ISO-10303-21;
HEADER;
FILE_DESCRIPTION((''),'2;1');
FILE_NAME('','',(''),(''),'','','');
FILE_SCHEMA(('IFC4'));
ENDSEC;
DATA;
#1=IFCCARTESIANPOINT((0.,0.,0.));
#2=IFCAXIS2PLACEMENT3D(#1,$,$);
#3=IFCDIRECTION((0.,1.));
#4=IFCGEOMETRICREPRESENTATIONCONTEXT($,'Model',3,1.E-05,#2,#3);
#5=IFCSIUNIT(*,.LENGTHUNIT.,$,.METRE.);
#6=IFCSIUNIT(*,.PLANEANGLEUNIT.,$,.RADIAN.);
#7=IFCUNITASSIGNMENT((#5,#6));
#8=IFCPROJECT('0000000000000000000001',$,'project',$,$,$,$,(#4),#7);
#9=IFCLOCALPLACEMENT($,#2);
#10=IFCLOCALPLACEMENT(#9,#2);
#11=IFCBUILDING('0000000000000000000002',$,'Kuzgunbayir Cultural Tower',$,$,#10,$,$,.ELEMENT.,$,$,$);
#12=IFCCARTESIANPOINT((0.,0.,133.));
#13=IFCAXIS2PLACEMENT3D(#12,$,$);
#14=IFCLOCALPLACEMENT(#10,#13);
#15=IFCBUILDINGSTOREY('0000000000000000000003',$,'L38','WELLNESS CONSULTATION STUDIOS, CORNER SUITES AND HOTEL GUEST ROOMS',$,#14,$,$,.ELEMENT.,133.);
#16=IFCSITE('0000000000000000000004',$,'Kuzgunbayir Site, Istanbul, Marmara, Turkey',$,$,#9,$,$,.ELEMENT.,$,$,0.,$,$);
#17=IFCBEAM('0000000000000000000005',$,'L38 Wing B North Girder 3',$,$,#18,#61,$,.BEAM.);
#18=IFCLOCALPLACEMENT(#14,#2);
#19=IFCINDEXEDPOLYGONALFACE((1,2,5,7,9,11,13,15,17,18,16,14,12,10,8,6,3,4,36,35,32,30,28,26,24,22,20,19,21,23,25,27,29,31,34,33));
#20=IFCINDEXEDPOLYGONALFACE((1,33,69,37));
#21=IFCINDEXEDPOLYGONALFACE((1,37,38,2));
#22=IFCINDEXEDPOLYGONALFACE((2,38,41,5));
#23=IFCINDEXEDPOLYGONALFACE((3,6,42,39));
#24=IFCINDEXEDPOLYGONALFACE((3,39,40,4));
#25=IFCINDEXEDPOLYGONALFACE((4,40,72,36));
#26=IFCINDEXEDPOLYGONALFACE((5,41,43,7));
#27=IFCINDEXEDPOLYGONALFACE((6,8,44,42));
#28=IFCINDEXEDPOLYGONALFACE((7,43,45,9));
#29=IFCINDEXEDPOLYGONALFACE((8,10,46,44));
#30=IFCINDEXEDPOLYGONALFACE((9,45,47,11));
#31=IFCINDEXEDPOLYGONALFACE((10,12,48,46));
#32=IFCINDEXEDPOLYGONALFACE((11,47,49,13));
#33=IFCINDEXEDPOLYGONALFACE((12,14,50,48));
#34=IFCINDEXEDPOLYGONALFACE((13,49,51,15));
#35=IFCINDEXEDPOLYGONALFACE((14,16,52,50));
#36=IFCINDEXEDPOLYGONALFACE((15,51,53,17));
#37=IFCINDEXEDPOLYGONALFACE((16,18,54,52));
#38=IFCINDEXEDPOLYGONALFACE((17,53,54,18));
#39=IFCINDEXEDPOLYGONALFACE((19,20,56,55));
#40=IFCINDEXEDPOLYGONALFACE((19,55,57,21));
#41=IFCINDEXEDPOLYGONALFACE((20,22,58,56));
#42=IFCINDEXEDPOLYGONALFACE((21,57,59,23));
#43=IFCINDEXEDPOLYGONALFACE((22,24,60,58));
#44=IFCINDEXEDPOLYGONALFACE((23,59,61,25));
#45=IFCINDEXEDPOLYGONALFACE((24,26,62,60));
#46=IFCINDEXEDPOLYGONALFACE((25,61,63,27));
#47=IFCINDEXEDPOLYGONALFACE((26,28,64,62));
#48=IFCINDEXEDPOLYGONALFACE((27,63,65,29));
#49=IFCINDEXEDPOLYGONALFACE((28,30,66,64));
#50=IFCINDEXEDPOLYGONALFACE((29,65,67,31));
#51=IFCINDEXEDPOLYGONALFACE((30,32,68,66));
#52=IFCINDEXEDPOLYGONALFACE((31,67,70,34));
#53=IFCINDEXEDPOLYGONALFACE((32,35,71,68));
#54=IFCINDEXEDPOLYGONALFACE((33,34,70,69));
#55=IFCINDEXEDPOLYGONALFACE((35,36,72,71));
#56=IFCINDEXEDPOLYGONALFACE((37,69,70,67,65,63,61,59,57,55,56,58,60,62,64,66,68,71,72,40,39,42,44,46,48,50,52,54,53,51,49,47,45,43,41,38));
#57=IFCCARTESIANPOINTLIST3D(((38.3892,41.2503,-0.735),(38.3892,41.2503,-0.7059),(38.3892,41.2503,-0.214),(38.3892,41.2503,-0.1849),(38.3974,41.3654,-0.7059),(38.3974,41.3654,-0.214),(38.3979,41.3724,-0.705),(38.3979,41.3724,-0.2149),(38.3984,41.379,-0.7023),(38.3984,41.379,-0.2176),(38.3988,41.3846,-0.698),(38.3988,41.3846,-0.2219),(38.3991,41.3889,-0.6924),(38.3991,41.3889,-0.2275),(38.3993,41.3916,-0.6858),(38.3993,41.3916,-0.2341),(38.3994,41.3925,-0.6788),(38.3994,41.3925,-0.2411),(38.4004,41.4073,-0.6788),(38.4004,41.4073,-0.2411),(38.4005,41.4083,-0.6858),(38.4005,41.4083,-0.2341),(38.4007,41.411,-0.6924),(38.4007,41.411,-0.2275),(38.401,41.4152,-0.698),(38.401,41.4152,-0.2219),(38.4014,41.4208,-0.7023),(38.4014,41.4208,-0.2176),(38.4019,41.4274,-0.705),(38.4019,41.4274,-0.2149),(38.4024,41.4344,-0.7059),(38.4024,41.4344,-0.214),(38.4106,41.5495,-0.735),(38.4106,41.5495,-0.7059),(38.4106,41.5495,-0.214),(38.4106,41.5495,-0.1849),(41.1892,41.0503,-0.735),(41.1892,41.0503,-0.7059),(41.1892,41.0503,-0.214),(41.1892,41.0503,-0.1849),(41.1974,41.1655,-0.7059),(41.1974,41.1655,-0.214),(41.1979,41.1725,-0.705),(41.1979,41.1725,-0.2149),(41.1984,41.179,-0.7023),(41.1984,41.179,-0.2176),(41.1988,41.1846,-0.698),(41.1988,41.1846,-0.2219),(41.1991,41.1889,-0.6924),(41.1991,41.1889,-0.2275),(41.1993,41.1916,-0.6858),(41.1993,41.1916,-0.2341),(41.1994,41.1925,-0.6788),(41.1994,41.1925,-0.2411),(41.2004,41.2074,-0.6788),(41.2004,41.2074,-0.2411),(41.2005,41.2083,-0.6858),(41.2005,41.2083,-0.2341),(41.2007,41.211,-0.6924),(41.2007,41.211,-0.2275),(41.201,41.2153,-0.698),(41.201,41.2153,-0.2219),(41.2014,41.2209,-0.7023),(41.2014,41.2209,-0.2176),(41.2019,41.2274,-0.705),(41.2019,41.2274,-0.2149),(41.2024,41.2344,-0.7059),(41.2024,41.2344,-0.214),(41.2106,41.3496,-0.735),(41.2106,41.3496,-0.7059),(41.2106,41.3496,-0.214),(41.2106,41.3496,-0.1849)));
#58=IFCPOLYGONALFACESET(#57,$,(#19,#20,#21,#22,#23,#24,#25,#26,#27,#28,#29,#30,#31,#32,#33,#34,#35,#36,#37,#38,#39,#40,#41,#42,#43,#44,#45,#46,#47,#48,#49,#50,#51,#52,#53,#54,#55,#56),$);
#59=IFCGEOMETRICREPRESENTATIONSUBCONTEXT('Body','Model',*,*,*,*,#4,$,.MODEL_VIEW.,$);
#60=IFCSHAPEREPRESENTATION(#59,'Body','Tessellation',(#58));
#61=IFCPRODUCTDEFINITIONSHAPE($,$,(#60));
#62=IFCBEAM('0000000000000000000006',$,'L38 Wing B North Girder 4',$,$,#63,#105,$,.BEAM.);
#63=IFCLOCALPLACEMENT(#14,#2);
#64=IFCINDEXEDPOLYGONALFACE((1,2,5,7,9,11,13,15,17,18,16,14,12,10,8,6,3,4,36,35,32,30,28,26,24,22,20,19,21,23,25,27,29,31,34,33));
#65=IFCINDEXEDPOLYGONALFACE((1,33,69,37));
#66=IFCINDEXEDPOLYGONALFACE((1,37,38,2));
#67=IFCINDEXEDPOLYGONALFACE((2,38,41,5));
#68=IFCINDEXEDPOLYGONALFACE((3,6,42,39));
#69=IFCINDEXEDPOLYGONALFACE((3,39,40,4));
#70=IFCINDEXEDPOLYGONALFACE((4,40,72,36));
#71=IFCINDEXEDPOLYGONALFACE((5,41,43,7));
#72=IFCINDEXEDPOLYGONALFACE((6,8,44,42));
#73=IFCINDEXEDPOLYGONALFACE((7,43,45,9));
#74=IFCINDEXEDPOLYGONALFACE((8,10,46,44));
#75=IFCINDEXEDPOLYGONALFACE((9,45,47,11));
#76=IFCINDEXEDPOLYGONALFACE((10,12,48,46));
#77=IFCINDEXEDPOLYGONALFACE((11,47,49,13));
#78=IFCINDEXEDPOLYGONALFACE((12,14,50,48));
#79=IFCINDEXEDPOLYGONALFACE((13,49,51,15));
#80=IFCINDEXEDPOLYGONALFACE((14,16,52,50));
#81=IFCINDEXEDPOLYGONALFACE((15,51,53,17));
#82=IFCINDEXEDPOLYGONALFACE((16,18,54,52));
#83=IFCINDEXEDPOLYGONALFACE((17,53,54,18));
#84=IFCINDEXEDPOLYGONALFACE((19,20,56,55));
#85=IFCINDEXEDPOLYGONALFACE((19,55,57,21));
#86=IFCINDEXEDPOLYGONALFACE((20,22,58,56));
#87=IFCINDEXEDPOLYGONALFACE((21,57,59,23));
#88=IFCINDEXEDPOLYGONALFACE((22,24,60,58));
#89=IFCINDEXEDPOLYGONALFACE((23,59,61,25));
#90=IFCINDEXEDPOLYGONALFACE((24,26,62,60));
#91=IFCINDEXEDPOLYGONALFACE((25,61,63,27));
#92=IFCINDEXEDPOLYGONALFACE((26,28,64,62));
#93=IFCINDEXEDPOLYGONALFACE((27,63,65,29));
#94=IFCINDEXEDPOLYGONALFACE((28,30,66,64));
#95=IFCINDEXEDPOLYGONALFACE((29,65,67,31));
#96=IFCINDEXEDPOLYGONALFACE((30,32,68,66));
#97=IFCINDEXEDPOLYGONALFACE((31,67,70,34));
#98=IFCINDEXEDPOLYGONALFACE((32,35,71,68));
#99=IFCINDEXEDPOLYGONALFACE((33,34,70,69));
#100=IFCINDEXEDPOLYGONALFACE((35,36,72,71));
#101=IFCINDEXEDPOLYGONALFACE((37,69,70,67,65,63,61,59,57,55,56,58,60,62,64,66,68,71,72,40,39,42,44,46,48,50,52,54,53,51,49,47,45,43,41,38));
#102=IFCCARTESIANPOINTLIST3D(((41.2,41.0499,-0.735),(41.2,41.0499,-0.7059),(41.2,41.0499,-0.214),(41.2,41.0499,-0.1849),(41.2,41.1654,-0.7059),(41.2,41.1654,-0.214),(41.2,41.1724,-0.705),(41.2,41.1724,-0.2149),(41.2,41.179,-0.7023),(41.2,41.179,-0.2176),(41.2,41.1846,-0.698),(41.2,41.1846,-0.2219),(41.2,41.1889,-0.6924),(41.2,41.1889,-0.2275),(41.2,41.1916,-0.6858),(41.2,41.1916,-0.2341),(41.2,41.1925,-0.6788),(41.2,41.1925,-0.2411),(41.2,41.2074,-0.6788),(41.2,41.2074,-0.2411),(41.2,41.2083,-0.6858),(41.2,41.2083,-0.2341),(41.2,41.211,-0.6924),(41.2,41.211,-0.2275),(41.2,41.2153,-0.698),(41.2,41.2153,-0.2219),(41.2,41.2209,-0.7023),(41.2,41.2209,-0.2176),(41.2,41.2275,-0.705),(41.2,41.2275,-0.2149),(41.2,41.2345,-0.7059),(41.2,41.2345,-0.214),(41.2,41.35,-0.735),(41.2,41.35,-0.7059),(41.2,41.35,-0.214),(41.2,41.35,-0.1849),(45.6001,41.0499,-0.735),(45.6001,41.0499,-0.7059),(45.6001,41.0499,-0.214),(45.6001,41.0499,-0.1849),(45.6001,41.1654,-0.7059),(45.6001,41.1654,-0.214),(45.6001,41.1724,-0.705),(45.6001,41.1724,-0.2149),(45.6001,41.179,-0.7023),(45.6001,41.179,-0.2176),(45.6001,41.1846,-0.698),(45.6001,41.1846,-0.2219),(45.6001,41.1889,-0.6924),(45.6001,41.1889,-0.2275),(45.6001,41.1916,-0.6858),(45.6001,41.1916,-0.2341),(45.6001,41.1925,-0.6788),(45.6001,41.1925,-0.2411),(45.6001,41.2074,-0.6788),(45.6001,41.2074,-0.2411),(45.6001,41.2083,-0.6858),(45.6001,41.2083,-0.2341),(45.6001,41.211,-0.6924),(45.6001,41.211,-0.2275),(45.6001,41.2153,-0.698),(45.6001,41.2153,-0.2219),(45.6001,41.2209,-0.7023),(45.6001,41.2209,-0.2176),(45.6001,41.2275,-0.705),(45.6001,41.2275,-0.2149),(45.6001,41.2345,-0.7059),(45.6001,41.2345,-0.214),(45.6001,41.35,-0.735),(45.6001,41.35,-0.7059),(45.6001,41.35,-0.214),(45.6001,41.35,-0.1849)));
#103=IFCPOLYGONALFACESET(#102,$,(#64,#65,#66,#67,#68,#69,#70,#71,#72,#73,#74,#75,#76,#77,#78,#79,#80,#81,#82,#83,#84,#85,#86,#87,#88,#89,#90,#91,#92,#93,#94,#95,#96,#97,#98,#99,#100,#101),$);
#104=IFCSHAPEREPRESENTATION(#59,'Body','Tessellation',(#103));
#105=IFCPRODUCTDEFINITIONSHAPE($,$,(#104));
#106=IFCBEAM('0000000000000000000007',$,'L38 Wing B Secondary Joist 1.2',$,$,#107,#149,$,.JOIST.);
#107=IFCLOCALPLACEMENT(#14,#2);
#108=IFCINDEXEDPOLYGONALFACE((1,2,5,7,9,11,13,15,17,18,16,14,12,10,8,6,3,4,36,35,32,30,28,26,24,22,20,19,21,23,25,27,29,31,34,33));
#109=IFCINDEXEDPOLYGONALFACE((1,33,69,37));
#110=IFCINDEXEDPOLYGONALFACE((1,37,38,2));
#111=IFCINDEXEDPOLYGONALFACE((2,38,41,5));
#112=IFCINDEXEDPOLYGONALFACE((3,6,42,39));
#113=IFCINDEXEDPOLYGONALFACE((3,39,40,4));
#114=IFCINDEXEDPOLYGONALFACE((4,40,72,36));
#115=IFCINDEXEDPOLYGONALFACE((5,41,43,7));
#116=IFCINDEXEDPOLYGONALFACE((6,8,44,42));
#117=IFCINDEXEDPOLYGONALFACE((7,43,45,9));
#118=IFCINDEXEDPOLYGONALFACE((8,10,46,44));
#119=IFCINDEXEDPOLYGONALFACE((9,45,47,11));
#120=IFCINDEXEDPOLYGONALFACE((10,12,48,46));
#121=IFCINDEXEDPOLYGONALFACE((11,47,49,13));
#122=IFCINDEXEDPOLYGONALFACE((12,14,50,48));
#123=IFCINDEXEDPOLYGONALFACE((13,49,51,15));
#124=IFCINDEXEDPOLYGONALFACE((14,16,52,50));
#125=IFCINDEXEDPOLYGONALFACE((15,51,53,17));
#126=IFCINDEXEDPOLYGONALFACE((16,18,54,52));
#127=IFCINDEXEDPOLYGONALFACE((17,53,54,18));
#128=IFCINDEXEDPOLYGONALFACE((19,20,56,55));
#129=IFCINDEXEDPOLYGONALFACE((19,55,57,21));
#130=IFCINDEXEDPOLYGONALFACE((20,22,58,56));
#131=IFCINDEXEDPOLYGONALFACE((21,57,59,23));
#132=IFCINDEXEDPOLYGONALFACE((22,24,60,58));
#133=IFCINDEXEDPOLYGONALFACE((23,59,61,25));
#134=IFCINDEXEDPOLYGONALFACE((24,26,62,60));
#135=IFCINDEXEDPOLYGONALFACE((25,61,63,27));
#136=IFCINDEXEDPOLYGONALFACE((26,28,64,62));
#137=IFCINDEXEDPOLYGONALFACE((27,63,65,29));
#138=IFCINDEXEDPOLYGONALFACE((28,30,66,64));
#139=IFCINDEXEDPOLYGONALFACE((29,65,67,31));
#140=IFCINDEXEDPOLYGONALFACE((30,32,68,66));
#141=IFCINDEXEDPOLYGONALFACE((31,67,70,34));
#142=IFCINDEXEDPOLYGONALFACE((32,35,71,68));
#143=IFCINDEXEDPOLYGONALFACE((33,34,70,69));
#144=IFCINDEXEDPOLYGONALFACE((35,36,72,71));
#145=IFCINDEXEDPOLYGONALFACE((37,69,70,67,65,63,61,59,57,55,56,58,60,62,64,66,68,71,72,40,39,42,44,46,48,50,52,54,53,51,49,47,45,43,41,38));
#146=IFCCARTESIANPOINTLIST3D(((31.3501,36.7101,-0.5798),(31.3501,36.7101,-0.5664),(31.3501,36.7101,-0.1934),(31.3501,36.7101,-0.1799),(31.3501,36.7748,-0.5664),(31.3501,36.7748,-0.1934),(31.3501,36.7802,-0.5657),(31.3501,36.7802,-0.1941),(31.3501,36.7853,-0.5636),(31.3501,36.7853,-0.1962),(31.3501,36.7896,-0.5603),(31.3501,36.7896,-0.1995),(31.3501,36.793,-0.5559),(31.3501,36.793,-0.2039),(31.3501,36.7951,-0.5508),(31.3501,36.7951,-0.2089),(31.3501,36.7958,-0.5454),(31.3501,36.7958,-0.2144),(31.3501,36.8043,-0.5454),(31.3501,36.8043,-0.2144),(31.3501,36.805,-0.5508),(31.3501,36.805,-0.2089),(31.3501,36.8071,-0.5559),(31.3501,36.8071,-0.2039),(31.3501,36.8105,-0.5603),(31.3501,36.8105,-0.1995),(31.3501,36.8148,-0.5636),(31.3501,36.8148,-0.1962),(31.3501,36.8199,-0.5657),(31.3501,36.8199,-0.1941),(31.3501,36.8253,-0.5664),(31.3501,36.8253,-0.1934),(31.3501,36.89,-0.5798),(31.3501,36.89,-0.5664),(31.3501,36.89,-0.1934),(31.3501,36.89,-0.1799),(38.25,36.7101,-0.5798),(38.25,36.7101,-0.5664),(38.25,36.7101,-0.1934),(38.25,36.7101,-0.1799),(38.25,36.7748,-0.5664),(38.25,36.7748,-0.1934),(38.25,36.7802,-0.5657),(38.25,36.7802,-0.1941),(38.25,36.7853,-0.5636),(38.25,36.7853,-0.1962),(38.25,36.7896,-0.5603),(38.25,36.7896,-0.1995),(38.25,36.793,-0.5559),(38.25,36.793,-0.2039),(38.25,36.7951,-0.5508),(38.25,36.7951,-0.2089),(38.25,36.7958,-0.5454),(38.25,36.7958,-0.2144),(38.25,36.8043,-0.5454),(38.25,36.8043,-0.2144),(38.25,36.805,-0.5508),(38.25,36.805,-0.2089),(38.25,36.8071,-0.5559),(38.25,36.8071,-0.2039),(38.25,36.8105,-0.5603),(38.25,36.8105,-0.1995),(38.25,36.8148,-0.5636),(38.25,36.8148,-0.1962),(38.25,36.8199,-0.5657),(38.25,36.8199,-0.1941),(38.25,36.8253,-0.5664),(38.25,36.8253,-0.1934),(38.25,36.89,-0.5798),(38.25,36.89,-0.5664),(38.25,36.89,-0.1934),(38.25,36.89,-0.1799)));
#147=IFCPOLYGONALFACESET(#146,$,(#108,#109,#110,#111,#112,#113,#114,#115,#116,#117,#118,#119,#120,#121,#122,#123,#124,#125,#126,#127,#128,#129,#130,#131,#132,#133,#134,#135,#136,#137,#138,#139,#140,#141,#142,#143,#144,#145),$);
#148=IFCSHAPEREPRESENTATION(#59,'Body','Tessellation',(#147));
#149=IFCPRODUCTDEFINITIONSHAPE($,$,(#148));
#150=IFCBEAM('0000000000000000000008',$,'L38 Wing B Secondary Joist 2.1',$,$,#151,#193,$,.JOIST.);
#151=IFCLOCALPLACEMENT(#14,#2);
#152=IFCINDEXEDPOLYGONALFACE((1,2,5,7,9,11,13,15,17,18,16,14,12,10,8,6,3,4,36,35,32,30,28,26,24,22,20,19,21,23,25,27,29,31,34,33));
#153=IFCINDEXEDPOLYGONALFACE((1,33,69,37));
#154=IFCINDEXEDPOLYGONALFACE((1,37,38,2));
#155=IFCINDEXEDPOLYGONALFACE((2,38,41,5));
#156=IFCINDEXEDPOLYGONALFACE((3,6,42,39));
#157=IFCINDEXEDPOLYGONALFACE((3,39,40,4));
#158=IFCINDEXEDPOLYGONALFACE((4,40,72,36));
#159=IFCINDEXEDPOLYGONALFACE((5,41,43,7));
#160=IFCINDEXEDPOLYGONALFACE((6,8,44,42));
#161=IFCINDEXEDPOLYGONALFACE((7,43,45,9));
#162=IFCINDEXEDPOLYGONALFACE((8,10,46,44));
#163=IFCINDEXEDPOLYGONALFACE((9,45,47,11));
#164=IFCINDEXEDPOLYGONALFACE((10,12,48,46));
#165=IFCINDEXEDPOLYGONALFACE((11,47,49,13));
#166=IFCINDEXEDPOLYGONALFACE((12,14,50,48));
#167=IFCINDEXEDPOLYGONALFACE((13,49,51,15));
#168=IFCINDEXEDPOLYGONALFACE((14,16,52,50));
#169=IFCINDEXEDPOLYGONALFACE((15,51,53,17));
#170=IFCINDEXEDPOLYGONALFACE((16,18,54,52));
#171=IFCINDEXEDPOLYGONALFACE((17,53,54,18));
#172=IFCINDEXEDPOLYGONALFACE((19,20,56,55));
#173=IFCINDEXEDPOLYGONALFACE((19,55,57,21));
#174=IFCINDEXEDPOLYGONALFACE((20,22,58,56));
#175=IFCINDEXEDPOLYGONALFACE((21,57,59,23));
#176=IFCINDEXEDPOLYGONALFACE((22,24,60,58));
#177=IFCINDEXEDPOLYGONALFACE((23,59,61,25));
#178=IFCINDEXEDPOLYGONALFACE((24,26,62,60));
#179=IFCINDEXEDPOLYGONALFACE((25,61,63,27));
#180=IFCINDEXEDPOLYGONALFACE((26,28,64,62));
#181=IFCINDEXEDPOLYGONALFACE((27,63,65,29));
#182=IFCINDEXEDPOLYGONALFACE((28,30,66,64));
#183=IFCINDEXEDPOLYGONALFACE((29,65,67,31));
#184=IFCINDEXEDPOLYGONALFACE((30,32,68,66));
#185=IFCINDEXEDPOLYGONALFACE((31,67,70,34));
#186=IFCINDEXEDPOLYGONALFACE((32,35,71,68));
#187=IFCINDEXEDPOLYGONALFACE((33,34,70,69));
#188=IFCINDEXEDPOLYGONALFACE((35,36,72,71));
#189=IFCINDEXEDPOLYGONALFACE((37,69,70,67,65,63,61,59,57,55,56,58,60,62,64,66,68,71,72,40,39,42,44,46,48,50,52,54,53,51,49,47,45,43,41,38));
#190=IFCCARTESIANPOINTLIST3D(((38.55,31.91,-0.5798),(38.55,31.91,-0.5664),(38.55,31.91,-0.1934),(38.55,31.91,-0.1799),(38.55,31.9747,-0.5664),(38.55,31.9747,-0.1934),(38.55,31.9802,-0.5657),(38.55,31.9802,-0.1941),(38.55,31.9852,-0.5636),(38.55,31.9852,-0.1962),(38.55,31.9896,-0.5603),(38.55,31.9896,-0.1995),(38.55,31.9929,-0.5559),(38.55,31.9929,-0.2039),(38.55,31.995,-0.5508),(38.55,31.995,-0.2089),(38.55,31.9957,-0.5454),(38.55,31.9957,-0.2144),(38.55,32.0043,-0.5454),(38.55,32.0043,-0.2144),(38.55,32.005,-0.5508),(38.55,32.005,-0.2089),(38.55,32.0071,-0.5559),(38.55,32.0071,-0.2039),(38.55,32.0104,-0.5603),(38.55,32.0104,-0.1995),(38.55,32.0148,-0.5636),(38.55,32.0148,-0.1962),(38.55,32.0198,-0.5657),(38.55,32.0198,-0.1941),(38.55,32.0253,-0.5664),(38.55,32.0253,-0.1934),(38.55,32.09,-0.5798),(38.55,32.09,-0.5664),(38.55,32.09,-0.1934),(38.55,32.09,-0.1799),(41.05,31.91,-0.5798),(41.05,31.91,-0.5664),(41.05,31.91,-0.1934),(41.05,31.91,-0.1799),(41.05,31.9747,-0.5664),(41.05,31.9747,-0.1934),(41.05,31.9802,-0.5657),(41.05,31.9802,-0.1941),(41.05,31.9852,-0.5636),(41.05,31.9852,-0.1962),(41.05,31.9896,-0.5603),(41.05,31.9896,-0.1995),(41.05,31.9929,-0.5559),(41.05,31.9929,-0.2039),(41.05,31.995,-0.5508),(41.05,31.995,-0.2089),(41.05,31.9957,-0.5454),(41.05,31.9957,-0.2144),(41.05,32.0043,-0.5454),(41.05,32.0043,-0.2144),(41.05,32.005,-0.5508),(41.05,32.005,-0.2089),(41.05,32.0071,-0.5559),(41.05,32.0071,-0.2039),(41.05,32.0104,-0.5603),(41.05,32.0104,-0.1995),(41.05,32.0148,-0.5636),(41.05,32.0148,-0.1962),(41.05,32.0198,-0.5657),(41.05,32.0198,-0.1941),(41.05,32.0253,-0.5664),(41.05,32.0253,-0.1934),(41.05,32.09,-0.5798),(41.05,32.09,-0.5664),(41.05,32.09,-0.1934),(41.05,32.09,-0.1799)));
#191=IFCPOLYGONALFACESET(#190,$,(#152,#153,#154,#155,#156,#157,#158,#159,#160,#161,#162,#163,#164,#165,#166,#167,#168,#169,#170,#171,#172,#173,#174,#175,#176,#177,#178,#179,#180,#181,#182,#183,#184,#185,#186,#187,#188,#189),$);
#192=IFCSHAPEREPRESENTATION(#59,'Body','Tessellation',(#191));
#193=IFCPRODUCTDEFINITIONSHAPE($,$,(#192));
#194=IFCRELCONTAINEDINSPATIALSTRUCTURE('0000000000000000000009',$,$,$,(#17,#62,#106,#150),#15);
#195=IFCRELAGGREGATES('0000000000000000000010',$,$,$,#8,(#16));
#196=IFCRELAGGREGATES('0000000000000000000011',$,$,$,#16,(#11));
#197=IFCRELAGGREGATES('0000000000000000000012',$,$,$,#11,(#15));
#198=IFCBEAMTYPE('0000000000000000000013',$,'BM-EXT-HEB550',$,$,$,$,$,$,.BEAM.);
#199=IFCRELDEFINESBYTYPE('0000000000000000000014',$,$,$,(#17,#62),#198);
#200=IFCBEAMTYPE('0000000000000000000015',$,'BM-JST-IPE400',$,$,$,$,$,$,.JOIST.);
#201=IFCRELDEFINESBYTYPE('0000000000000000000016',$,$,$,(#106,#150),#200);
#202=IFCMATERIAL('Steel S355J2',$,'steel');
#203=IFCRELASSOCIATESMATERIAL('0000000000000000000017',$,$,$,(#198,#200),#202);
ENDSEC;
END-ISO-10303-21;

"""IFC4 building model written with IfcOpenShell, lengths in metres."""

from ifc_helpers import new_model, si_unit, direction, frame, origin, origin_2d, place, context, subcontext, project, spatial, i_section, extrude, material, material_profile, profile_set, type_object, element, save


model = new_model("IFC4")

# Units and contexts
model_context = context("Model", 3, precision=1e-05, world=origin(), true_north=direction((0.0, 1.0)))
body_context = subcontext(model_context, "Body", "Model", "MODEL_VIEW")
ifc_project = project(units=[si_unit("LENGTHUNIT", "METRE"), si_unit("PLANEANGLEUNIT", "RADIAN")], contexts=[model_context])

# Site, building, storey
site_placement = place(None, origin())
site = spatial("IfcSite", under=ifc_project, at=site_placement, Name="Kuzgunbayir Site, Istanbul, Marmara, Turkey", CompositionType="ELEMENT", RefElevation=0.0)
building_placement = place(site_placement, origin())
building = spatial("IfcBuilding", under=site, at=building_placement, Name="Kuzgunbayir Cultural Tower", CompositionType="ELEMENT")
storey_placement = place(building_placement, frame((0.0, 0.0, 133.0)))
storey = spatial("IfcBuildingStorey", under=building, at=storey_placement, Name="L38", Description="WELLNESS CONSULTATION STUDIOS, CORNER SUITES AND HOTEL GUEST ROOMS", CompositionType="ELEMENT", Elevation=133.0)

# Beams
ifc_material_1 = material(Name="Steel S355J2", Category="steel")
ifc_material_profile_1 = material_profile(ifc_material_1, i_section(OverallWidth=0.3, OverallDepth=0.55, WebThickness=0.0149, FlangeThickness=0.0291, FilletRadius=0.0271, at=origin_2d()), Name="HEB 550")
ifc_profile_set_1 = profile_set([ifc_material_profile_1], Name="Steel S355J2")
beam_type_1 = type_object("IfcBeamType", Name="BM-EXT-HEB550", PredefinedType="BEAM", material=ifc_profile_set_1)
beam_1_placement = place(storey_placement, frame((38.3999, 41.3999, -0.46), z_axis=(0.99746, -0.071229, 0.0), x_axis=(0.071229, 0.99746, 0.0)))
element("IfcBeam", 1, at=beam_1_placement, inside=storey, type_object=beam_type_1, Name="L38 Wing B North Girder 3", PredefinedType="BEAM", context=body_context, shape_type="SweptSolid", body=[
    extrude(i_section(OverallWidth=0.3, OverallDepth=0.55, WebThickness=0.0149, FlangeThickness=0.0291, FilletRadius=0.0271, at=origin_2d()), origin(), (0.0, 0.0, 1.0), 2.8071),
])
beam_2_placement = place(storey_placement, frame((41.2, 41.2, -0.46), z_axis=(1.0, 0.0, 0.0), x_axis=(0.0, 1.0, 0.0)))
element("IfcBeam", 2, at=beam_2_placement, inside=storey, type_object=beam_type_1, Name="L38 Wing B North Girder 4", PredefinedType="BEAM", context=body_context, shape_type="SweptSolid", body=[
    extrude(i_section(OverallWidth=0.3, OverallDepth=0.55, WebThickness=0.0149, FlangeThickness=0.0291, FilletRadius=0.0271, at=origin_2d()), origin(), (0.0, 0.0, 1.0), 4.4001),
])
ifc_material_profile_2 = material_profile(ifc_material_1, i_section(OverallWidth=0.1799, OverallDepth=0.3999, WebThickness=0.0085, FlangeThickness=0.0134, FilletRadius=0.021, at=origin_2d()), Name="IPE 400")
ifc_profile_set_2 = profile_set([ifc_material_profile_2], Name="Steel S355J2")
beam_type_2 = type_object("IfcBeamType", Name="BM-JST-IPE400", PredefinedType="JOIST", material=ifc_profile_set_2)
beam_3_placement = place(storey_placement, frame((31.3501, 36.8, -0.3799), z_axis=(1.0, 0.0, 0.0), x_axis=(0.0, 1.0, 0.0)))
element("IfcBeam", 3, at=beam_3_placement, inside=storey, type_object=beam_type_2, Name="L38 Wing B Secondary Joist 1.2", PredefinedType="JOIST", context=body_context, shape_type="SweptSolid", body=[
    extrude(i_section(OverallWidth=0.1799, OverallDepth=0.3999, WebThickness=0.0085, FlangeThickness=0.0134, FilletRadius=0.021, at=origin_2d()), origin(), (0.0, 0.0, 1.0), 6.8999),
])
for number, where, z_axis, x_axis, name in (
    (4, (38.55, 32.0, -0.3799), (1.0, 0.0, 0.0), (0.0, 1.0, 0.0), "L38 Wing B Secondary Joist 2.1"),
):
    element("IfcBeam", number, at=place(storey_placement, frame(where, z_axis=z_axis, x_axis=x_axis)), inside=storey, type_object=beam_type_2, Name=name, PredefinedType="JOIST", context=body_context, shape_type="SweptSolid", body=[
        extrude(i_section(OverallWidth=0.1799, OverallDepth=0.3999, WebThickness=0.0085, FlangeThickness=0.0134, FilletRadius=0.021, at=origin_2d()), origin(), (0.0, 0.0, 1.0), 2.5),
    ])

save(model, "model.ifc")
